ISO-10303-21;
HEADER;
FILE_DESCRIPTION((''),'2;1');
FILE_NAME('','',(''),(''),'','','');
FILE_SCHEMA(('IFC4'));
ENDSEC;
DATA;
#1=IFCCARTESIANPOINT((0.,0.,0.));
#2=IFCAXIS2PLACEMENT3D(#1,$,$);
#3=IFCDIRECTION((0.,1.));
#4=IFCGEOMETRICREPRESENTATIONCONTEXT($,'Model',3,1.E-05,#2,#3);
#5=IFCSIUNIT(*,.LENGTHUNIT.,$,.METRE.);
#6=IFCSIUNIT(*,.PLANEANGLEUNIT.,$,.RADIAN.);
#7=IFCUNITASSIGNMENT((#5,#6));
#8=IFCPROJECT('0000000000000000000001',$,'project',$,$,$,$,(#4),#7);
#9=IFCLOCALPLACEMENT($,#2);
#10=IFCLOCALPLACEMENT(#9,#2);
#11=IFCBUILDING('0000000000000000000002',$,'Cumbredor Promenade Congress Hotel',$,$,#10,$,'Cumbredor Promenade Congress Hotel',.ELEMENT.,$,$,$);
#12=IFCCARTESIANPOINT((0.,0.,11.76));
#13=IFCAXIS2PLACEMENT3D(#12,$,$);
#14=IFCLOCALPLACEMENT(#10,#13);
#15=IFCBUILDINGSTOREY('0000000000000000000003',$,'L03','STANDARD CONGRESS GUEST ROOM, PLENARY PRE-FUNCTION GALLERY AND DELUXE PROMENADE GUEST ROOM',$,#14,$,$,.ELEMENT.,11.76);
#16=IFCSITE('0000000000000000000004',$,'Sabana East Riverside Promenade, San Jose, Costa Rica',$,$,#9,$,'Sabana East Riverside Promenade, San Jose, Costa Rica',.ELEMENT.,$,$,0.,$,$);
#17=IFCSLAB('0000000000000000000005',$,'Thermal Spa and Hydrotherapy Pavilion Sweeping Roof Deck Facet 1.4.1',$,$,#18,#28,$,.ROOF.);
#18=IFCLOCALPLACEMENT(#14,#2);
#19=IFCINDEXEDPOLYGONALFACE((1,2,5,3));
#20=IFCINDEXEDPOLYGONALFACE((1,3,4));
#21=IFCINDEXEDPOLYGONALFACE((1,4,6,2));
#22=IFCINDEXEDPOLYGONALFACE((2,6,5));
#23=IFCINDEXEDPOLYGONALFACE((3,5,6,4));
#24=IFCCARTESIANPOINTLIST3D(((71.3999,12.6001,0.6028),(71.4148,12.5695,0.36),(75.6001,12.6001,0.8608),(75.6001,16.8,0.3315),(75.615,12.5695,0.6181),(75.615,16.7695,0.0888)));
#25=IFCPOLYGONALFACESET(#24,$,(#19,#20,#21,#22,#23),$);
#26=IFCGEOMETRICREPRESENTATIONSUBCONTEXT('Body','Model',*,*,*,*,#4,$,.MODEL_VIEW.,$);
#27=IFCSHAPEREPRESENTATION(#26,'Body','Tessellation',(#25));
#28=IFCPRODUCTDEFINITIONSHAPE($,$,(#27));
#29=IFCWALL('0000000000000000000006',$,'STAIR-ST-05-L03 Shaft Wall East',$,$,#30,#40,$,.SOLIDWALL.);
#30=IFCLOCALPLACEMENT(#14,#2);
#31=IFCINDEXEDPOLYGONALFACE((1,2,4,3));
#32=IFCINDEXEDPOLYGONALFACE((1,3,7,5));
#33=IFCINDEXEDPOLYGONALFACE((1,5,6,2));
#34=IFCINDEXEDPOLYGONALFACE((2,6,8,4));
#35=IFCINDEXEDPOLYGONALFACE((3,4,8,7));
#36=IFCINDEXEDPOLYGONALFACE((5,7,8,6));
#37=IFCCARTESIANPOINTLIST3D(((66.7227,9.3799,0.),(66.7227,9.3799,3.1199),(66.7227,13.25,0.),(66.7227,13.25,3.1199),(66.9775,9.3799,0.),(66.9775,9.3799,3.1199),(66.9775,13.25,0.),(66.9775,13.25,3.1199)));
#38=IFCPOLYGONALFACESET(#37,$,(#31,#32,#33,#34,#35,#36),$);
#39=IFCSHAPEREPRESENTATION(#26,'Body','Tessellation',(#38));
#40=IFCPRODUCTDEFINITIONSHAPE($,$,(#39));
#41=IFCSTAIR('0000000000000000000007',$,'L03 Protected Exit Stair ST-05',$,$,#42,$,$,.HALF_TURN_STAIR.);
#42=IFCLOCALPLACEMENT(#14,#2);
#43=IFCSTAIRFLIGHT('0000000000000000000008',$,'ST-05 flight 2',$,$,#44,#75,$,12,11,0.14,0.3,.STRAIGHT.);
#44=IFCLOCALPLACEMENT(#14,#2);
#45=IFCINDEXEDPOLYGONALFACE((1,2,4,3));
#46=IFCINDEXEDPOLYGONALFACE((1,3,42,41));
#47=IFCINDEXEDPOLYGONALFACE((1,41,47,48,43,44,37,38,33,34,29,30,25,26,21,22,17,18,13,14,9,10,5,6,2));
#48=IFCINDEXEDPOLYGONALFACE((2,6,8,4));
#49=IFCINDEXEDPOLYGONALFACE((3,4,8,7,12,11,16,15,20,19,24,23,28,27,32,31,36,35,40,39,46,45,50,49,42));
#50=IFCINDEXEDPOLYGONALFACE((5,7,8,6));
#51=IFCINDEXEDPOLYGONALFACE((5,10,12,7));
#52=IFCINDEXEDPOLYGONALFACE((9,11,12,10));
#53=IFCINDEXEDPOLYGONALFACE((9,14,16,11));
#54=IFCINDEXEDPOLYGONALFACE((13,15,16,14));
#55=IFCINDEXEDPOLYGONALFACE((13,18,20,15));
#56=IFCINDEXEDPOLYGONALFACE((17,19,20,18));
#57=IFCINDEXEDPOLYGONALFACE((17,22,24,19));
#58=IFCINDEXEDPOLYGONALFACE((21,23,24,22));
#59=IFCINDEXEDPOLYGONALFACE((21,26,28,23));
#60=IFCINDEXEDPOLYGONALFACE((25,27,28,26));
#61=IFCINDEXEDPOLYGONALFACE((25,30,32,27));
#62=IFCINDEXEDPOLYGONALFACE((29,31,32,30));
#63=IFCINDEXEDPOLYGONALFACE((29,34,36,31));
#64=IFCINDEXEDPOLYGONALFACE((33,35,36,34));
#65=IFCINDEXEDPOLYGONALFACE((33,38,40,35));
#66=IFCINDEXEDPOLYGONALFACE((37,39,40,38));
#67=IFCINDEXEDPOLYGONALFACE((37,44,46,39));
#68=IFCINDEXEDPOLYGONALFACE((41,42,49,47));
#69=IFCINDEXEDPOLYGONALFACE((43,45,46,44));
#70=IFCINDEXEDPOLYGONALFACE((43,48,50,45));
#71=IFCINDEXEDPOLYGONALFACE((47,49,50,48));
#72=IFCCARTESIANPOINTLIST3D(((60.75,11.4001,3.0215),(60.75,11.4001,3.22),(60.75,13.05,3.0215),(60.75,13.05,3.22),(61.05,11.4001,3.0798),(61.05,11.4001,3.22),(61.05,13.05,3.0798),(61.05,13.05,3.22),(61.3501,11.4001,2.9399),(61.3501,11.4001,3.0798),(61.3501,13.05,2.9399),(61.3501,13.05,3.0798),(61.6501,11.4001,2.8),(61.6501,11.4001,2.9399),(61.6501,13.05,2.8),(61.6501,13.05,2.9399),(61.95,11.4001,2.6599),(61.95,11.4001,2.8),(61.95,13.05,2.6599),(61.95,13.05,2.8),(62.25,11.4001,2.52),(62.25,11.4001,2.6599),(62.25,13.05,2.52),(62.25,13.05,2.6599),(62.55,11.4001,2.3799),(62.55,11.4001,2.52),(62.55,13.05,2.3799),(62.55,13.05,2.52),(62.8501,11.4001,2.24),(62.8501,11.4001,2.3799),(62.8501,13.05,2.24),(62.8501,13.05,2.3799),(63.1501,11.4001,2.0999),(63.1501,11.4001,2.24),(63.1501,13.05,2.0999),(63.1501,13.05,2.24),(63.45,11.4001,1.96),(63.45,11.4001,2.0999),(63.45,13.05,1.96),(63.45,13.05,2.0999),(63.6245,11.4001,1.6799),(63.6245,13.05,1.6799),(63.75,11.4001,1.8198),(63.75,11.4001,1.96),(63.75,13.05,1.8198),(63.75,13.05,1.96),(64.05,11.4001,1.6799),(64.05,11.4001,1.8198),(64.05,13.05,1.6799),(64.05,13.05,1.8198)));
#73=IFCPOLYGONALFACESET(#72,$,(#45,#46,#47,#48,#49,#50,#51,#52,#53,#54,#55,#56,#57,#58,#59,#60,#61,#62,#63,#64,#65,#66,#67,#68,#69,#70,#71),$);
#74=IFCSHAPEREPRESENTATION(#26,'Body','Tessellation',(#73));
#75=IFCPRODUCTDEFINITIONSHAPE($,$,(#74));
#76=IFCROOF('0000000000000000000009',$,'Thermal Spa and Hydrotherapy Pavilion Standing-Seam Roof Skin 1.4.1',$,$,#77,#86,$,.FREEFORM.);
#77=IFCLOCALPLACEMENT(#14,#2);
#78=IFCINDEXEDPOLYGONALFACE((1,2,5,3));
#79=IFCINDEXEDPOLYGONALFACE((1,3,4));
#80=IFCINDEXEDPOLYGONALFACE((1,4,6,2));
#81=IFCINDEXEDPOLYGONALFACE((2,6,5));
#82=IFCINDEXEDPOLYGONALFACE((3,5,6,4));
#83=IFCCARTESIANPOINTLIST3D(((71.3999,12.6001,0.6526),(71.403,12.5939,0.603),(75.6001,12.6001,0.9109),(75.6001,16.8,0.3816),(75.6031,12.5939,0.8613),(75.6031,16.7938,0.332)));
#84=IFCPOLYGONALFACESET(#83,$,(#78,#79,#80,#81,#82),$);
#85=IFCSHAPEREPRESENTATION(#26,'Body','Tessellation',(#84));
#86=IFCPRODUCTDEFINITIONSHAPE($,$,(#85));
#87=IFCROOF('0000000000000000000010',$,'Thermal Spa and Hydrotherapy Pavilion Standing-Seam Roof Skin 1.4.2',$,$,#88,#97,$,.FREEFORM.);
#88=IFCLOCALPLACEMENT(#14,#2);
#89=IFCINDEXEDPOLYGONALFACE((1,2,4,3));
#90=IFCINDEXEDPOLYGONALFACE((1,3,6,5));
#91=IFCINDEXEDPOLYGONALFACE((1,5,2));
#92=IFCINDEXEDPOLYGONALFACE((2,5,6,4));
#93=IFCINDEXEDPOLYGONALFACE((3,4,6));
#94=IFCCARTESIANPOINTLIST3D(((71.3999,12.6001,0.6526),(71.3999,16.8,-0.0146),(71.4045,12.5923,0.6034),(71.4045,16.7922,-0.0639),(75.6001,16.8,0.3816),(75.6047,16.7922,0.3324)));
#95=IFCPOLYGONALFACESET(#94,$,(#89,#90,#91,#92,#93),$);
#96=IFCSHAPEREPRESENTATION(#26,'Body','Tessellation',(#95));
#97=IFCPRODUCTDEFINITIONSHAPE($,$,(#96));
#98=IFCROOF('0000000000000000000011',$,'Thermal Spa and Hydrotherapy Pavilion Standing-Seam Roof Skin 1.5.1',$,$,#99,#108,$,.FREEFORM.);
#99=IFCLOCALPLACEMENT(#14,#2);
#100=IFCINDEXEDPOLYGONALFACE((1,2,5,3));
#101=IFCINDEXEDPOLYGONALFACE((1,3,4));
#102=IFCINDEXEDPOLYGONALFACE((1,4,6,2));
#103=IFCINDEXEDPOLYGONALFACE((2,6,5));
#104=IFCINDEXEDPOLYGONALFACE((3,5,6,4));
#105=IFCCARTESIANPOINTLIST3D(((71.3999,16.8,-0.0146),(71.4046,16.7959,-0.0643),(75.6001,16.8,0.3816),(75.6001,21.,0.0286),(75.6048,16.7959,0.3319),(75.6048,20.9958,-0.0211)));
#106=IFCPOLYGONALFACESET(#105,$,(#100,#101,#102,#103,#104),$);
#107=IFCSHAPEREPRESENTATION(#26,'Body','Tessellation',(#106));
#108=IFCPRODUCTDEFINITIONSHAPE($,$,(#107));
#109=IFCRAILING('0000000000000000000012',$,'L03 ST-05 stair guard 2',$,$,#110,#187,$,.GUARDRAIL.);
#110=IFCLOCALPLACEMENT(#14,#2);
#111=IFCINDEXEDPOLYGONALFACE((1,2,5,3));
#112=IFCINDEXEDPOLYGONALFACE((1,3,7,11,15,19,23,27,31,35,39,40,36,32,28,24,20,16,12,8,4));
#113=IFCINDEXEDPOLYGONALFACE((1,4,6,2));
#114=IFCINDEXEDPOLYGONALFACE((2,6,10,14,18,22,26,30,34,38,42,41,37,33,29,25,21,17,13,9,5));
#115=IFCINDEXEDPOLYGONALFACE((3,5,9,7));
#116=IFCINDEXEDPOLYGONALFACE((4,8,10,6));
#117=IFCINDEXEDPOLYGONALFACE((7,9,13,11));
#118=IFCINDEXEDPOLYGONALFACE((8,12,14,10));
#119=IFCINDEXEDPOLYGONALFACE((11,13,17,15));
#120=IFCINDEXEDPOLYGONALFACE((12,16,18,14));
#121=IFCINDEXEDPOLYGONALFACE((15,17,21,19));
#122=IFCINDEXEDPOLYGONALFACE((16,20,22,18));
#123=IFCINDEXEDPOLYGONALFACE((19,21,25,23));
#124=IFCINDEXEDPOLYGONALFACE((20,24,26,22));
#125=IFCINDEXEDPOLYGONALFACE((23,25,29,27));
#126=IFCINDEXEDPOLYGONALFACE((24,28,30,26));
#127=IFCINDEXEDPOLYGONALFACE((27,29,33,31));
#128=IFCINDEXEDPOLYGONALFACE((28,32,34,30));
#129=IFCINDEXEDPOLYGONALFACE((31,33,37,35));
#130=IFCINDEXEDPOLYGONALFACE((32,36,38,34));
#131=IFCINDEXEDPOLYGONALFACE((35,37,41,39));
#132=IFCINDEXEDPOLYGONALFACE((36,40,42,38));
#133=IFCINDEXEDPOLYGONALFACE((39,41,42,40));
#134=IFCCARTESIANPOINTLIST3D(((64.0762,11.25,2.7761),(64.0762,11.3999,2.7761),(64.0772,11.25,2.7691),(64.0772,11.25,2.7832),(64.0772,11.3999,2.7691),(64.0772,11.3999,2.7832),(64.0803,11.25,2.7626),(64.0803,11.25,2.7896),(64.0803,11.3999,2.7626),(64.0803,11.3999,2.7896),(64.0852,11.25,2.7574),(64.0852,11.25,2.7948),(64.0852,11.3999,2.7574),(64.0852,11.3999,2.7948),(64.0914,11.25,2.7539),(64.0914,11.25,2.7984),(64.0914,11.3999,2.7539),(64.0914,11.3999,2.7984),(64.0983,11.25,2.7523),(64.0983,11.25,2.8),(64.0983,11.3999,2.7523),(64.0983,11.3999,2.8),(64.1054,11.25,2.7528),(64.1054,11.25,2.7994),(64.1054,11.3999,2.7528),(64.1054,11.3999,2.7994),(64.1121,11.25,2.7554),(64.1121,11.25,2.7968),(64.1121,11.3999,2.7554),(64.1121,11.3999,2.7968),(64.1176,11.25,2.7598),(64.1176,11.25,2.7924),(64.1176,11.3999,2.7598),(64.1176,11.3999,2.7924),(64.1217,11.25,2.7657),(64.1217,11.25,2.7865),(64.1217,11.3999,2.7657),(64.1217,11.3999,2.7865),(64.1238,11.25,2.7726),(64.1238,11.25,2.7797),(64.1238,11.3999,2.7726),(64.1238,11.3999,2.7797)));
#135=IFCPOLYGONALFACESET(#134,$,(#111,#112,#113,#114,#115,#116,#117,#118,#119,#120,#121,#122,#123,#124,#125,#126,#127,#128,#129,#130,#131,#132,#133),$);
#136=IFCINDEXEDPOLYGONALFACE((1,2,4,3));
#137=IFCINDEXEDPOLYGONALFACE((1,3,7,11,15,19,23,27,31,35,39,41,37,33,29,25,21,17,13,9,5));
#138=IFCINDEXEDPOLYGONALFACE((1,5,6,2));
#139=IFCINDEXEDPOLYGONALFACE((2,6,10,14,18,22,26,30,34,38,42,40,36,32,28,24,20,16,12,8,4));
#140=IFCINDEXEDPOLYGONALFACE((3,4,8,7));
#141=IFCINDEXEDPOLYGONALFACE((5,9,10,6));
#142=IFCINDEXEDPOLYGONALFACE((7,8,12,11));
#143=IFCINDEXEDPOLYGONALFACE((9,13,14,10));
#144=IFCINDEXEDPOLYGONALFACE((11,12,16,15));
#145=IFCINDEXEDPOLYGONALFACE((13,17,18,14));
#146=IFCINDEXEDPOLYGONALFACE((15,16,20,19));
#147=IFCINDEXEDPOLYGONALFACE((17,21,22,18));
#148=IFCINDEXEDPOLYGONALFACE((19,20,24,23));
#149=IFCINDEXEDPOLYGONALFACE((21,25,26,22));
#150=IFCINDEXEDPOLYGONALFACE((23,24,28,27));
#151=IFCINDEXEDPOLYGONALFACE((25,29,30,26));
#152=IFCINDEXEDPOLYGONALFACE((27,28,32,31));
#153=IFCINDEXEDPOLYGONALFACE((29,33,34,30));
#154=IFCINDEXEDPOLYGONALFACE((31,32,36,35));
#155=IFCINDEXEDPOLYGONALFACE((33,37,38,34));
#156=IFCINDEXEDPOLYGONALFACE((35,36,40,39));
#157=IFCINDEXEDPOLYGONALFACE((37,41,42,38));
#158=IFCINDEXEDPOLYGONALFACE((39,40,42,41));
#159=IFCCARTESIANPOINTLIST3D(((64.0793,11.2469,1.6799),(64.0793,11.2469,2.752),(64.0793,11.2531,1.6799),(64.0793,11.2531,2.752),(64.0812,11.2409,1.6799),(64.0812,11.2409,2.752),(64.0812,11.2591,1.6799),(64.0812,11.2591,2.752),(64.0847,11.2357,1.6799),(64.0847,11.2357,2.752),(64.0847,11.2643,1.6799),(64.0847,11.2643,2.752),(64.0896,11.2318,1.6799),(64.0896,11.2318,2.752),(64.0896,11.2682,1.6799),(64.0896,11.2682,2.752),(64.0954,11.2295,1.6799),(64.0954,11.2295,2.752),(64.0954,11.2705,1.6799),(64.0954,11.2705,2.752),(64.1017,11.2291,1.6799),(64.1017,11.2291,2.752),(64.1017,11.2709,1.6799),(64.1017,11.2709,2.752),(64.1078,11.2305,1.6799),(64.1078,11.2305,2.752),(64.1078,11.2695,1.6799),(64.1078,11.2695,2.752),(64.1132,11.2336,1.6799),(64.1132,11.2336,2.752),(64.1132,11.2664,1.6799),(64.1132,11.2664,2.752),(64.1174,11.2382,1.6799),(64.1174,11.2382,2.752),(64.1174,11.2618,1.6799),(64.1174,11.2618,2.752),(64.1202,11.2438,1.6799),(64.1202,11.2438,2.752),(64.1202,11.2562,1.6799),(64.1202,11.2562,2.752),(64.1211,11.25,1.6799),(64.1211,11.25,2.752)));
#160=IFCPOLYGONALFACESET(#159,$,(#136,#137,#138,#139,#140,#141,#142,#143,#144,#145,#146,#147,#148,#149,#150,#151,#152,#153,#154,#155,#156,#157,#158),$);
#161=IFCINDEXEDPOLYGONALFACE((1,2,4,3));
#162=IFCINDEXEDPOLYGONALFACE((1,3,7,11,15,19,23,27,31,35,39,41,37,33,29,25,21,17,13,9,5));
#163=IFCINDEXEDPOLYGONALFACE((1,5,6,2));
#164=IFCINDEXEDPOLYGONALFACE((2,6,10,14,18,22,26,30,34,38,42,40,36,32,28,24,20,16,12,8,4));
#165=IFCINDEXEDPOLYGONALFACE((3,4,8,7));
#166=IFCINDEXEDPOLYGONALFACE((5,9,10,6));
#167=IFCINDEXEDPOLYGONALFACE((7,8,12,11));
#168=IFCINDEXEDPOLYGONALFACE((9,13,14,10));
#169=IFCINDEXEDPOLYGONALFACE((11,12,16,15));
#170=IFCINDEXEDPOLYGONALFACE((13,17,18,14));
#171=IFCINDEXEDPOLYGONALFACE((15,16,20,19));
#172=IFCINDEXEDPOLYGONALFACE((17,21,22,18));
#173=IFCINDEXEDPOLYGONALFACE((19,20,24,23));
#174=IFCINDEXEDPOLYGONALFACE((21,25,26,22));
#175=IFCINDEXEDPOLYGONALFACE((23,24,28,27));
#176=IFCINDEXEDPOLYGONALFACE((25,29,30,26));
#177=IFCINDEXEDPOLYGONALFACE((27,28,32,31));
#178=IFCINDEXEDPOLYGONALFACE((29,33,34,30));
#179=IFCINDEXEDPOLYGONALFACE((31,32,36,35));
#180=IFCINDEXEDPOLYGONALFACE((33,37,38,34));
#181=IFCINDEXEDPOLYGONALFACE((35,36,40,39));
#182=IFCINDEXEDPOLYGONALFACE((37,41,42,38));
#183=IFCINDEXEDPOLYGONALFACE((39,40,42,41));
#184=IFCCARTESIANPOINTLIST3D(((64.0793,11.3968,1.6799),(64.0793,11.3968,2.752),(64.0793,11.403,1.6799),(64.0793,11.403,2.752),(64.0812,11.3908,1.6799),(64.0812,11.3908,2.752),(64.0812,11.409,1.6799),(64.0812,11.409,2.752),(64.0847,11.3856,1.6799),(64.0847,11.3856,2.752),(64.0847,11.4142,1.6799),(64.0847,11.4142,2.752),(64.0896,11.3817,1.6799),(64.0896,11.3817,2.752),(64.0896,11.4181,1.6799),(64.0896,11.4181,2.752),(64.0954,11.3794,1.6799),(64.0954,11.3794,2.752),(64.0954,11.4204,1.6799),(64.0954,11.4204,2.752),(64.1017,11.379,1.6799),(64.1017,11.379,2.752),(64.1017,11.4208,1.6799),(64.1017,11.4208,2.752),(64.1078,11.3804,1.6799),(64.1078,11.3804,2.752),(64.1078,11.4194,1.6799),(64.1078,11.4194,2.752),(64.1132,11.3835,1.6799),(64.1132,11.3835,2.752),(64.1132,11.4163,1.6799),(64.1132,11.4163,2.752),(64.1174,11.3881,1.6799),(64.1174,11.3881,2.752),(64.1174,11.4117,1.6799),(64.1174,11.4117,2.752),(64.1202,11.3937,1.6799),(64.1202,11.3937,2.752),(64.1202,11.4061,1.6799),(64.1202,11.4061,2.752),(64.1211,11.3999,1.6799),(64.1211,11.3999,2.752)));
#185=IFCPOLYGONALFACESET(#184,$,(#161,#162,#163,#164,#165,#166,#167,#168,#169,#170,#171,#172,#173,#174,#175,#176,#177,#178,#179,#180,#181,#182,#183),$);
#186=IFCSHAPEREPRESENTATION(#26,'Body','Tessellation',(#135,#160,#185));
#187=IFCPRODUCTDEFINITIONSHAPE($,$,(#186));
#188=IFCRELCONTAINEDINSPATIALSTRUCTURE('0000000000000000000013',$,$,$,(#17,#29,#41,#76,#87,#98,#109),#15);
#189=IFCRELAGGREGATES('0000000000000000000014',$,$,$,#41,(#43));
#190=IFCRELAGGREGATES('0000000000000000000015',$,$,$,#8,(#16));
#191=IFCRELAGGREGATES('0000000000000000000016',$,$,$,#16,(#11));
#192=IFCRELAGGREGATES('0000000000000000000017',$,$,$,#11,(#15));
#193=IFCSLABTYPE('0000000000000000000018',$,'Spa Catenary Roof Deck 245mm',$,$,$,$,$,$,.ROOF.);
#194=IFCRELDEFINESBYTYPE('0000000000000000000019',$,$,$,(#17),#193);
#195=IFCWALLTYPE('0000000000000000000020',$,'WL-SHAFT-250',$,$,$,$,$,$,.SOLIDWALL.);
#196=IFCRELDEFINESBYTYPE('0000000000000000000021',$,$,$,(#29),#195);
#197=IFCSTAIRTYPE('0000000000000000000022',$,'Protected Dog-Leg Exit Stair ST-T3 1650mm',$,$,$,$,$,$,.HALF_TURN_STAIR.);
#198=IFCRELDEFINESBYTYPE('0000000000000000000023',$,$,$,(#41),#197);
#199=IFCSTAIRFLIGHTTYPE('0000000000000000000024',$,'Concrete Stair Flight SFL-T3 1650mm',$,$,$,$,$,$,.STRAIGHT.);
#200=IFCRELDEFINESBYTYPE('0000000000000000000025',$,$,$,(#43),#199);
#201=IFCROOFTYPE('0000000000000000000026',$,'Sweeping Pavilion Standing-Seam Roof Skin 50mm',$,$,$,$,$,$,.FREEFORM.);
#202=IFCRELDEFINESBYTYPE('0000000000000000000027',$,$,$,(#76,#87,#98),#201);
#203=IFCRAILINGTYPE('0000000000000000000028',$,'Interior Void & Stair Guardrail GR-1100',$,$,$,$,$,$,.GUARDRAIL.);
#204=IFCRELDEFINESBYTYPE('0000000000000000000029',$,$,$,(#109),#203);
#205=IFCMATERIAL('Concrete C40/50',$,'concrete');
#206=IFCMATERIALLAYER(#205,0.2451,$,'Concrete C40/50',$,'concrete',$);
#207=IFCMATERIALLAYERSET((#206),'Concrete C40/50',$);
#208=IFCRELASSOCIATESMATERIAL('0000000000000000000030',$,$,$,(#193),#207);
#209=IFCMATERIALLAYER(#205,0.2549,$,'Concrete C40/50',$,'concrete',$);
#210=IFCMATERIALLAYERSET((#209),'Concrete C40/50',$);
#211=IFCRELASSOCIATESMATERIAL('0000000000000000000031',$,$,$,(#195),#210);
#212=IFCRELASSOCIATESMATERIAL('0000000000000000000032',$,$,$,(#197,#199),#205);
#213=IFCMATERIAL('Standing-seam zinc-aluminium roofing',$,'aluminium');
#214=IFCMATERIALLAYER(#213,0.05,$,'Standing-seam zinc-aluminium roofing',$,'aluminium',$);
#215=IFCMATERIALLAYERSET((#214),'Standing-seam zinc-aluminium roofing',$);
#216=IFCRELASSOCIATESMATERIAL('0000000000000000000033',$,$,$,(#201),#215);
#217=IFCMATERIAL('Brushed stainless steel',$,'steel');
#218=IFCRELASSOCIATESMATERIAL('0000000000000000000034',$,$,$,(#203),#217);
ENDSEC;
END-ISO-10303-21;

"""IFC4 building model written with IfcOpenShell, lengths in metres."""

from ifc_helpers import new_model, si_unit, direction, frame, frame_2d, origin, origin_2d, place, context, subcontext, project, spatial, polyline, rectangle, circle, outline, extrude, material, layer, layer_set, type_object, element, aggregate, save


model = new_model("IFC4")

# Units and contexts
model_context = context("Model", 3, precision=1e-05, world=origin(), true_north=direction((0.0, 1.0)))
body_context = subcontext(model_context, "Body", "Model", "MODEL_VIEW")
ifc_project = project(units=[si_unit("LENGTHUNIT", "METRE"), si_unit("PLANEANGLEUNIT", "RADIAN")], contexts=[model_context])

# Site, building, storey
site_placement = place(None, origin())
site = spatial("IfcSite", under=ifc_project, at=site_placement, Name="Sabana East Riverside Promenade, San Jose, Costa Rica", LongName="Sabana East Riverside Promenade, San Jose, Costa Rica", CompositionType="ELEMENT", RefElevation=0.0)
building_placement = place(site_placement, origin())
building = spatial("IfcBuilding", under=site, at=building_placement, Name="Cumbredor Promenade Congress Hotel", LongName="Cumbredor Promenade Congress Hotel", CompositionType="ELEMENT")
storey_placement = place(building_placement, frame((0.0, 0.0, 11.76)))
storey = spatial("IfcBuildingStorey", under=building, at=storey_placement, Name="L03", Description="STANDARD CONGRESS GUEST ROOM, PLENARY PRE-FUNCTION GALLERY AND DELUXE PROMENADE GUEST ROOM", CompositionType="ELEMENT", Elevation=11.76)

# Shared definitions
ifc_material_1 = material(Name="Concrete C40/50", Category="concrete")

# Slab
ifc_layer_1 = layer(ifc_material_1, 0.2451, Name="Concrete C40/50", Category="concrete")
ifc_layer_set_1 = layer_set([ifc_layer_1], Name="Concrete C40/50")
slab_type = type_object("IfcSlabType", Name="Spa Catenary Roof Deck 245mm", PredefinedType="ROOF", material=ifc_layer_set_1)
slab_placement = place(storey_placement, frame((71.3999, 12.6001, 0.6028), z_axis=(-0.060844, 0.124804, 0.990314), x_axis=(0.998118, 0.0, 0.061324)))
element("IfcSlab", 1, at=slab_placement, inside=storey, type_object=slab_type, Name="Thermal Spa and Hydrotherapy Pavilion Sweeping Roof Deck Facet 1.4.1", PredefinedType="ROOF", context=body_context, shape_type="SweptSolid", body=[
    extrude(outline(polyline([(0.0, 0.0), (4.2081, 0.0), (4.1757, 4.233), (0.0, 0.0)])), origin(), (0.0, 0.0, -1.0), 0.2451),
])

# Wall
ifc_layer_2 = layer(ifc_material_1, 0.2549, Name="Concrete C40/50", Category="concrete")
ifc_layer_set_2 = layer_set([ifc_layer_2], Name="Concrete C40/50")
wall_type = type_object("IfcWallType", Name="WL-SHAFT-250", PredefinedType="SOLIDWALL", material=ifc_layer_set_2)
wall_placement = place(storey_placement, frame((66.8501, 9.3799, 0.0), z_axis=(0.0, 0.0, 1.0), x_axis=(0.0, 1.0, 0.0)))
element("IfcWall", 2, at=wall_placement, inside=storey, type_object=wall_type, Name="STAIR-ST-05-L03 Shaft Wall East", PredefinedType="SOLIDWALL", context=body_context, shape_type="SweptSolid", body=[
    extrude(rectangle(XDim=3.8701, YDim=0.2549, at=frame_2d((1.9351, 0.0))), origin(), (0.0, 0.0, 1.0), 3.1199),
])

# Stair, stair flight
stair_type = type_object("IfcStairType", Name="Protected Dog-Leg Exit Stair ST-T3 1650mm", PredefinedType="HALF_TURN_STAIR", material=ifc_material_1)
stair_placement = place(storey_placement, origin())
stair = element("IfcStair", 3, at=stair_placement, inside=storey, type_object=stair_type, Name="L03 Protected Exit Stair ST-05", PredefinedType="HALF_TURN_STAIR")
stair_flight_type = type_object("IfcStairFlightType", Name="Concrete Stair Flight SFL-T3 1650mm", PredefinedType="STRAIGHT", material=ifc_material_1)
stair_flight_placement = place(storey_placement, frame((64.05, 12.2251, 1.6799), z_axis=(0.0, 0.0, 1.0), x_axis=(-1.0, 0.0, 0.0)))
stair_flight = element("IfcStairFlight", 4, at=stair_flight_placement, type_object=stair_flight_type, Name="ST-05 flight 2", NumberOfRisers=12, NumberOfTreads=11, PredefinedType="STRAIGHT", RiserHeight=0.14, TreadLength=0.3, context=body_context, shape_type="SweptSolid", body=[
    extrude(outline(polyline([(0.0, 0.0), (0.0, 0.1399), (0.3, 0.1399), (0.3, 0.28), (0.6001, 0.28), (0.6001, 0.4199), (0.8999, 0.4199), (0.8999, 0.5601), (1.2, 0.5601), (1.2, 0.7), (1.5, 0.7), (1.5, 0.8401), (1.8, 0.8401), (1.8, 0.98), (2.1001, 0.98), (2.1001, 1.1201), (2.3999, 1.1201), (2.3999, 1.26), (2.7, 1.26), (2.7, 1.3999), (3.0, 1.3999), (3.0, 1.54), (3.3, 1.54), (3.3, 1.6799), (3.3, 1.3416), (0.4255, 0.0), (0.0, 0.0)])), frame((0.0, 0.825, 0.0), z_axis=(0.0, -1.0, 0.0), x_axis=(1.0, 0.0, 0.0)), (0.0, 0.0, 1.0), 1.6499),
])
aggregate(stair, [stair_flight])

# Roofs
ifc_material_2 = material(Name="Standing-seam zinc-aluminium roofing", Category="aluminium")
ifc_layer_3 = layer(ifc_material_2, 0.05, Name="Standing-seam zinc-aluminium roofing", Category="aluminium")
ifc_layer_set_3 = layer_set([ifc_layer_3], Name="Standing-seam zinc-aluminium roofing")
roof_type = type_object("IfcRoofType", Name="Sweeping Pavilion Standing-Seam Roof Skin 50mm", PredefinedType="FREEFORM", material=ifc_layer_set_3)
roof_1_placement = place(storey_placement, frame((71.3999, 12.6001, 0.6526), z_axis=(-0.060901, 0.124803, 0.990311), x_axis=(0.998114, 0.0, 0.061381)))
element("IfcRoof", 5, at=roof_1_placement, inside=storey, type_object=roof_type, Name="Thermal Spa and Hydrotherapy Pavilion Standing-Seam Roof Skin 1.4.1", PredefinedType="FREEFORM", context=body_context, shape_type="SweptSolid", body=[
    extrude(outline(polyline([(0.0, 0.0), (4.2081, 0.0), (4.1756, 4.233), (0.0, 0.0)])), origin(), (0.0, 0.0, -1.0), 0.05),
])
roof_2_placement = place(storey_placement, frame((71.3999, 12.6001, 0.6526), z_axis=(-0.092768, 0.156223, 0.983356), x_axis=(0.706393, 0.706351, -0.045576)))
element("IfcRoof", 6, at=roof_2_placement, inside=storey, type_object=roof_type, Name="Thermal Spa and Hydrotherapy Pavilion Standing-Seam Roof Skin 1.4.2", PredefinedType="FREEFORM", context=body_context, shape_type="SweptSolid", body=[
    extrude(outline(polyline([(0.0, 0.0), (5.946, 0.0), (2.9971, 3.017), (0.0, 0.0)])), origin(), (0.0, 0.0, -1.0), 0.05),
])
roof_3_placement = place(storey_placement, frame((71.3999, 16.8, -0.0146), z_axis=(-0.093594, 0.083392, 0.992112), x_axis=(0.99558, 0.0, 0.093922)))
element("IfcRoof", 7, at=roof_3_placement, inside=storey, type_object=roof_type, Name="Thermal Spa and Hydrotherapy Pavilion Standing-Seam Roof Skin 1.5.1", PredefinedType="FREEFORM", context=body_context, shape_type="SweptSolid", body=[
    extrude(outline(polyline([(0.0, 0.0), (4.2188, 0.0), (4.1857, 4.2146), (0.0, 0.0)])), origin(), (0.0, 0.0, -1.0), 0.05),
])

# Railing
ifc_material_3 = material(Name="Brushed stainless steel", Category="steel")
railing_type_1 = type_object("IfcRailingType", Name="Interior Void & Stair Guardrail GR-1100", PredefinedType="GUARDRAIL", material=ifc_material_3)
railing_1_placement = place(storey_placement, frame((64.1001, 11.25, 1.6799)))
element("IfcRailing", 8, at=railing_1_placement, inside=storey, type_object=railing_type_1, Name="L03 ST-05 stair guard 2", PredefinedType="GUARDRAIL", context=body_context, shape_type="SweptSolid", body=[
    extrude(circle(Radius=0.0239, at=origin_2d()), frame((0.0, 0.0, 1.0962), z_axis=(0.0, 1.0, 0.0), x_axis=(-1.0, 0.0, 0.0)), (0.0, 0.0, 1.0), 0.1499),
    extrude(circle(Radius=0.021, at=origin_2d()), origin(), (0.0, 0.0, 1.0), 1.072),
    extrude(circle(Radius=0.021, at=origin_2d()), frame((0.0, 0.1499, 0.0)), (0.0, 0.0, 1.0), 1.072),
])

save(model, "model.ifc")
